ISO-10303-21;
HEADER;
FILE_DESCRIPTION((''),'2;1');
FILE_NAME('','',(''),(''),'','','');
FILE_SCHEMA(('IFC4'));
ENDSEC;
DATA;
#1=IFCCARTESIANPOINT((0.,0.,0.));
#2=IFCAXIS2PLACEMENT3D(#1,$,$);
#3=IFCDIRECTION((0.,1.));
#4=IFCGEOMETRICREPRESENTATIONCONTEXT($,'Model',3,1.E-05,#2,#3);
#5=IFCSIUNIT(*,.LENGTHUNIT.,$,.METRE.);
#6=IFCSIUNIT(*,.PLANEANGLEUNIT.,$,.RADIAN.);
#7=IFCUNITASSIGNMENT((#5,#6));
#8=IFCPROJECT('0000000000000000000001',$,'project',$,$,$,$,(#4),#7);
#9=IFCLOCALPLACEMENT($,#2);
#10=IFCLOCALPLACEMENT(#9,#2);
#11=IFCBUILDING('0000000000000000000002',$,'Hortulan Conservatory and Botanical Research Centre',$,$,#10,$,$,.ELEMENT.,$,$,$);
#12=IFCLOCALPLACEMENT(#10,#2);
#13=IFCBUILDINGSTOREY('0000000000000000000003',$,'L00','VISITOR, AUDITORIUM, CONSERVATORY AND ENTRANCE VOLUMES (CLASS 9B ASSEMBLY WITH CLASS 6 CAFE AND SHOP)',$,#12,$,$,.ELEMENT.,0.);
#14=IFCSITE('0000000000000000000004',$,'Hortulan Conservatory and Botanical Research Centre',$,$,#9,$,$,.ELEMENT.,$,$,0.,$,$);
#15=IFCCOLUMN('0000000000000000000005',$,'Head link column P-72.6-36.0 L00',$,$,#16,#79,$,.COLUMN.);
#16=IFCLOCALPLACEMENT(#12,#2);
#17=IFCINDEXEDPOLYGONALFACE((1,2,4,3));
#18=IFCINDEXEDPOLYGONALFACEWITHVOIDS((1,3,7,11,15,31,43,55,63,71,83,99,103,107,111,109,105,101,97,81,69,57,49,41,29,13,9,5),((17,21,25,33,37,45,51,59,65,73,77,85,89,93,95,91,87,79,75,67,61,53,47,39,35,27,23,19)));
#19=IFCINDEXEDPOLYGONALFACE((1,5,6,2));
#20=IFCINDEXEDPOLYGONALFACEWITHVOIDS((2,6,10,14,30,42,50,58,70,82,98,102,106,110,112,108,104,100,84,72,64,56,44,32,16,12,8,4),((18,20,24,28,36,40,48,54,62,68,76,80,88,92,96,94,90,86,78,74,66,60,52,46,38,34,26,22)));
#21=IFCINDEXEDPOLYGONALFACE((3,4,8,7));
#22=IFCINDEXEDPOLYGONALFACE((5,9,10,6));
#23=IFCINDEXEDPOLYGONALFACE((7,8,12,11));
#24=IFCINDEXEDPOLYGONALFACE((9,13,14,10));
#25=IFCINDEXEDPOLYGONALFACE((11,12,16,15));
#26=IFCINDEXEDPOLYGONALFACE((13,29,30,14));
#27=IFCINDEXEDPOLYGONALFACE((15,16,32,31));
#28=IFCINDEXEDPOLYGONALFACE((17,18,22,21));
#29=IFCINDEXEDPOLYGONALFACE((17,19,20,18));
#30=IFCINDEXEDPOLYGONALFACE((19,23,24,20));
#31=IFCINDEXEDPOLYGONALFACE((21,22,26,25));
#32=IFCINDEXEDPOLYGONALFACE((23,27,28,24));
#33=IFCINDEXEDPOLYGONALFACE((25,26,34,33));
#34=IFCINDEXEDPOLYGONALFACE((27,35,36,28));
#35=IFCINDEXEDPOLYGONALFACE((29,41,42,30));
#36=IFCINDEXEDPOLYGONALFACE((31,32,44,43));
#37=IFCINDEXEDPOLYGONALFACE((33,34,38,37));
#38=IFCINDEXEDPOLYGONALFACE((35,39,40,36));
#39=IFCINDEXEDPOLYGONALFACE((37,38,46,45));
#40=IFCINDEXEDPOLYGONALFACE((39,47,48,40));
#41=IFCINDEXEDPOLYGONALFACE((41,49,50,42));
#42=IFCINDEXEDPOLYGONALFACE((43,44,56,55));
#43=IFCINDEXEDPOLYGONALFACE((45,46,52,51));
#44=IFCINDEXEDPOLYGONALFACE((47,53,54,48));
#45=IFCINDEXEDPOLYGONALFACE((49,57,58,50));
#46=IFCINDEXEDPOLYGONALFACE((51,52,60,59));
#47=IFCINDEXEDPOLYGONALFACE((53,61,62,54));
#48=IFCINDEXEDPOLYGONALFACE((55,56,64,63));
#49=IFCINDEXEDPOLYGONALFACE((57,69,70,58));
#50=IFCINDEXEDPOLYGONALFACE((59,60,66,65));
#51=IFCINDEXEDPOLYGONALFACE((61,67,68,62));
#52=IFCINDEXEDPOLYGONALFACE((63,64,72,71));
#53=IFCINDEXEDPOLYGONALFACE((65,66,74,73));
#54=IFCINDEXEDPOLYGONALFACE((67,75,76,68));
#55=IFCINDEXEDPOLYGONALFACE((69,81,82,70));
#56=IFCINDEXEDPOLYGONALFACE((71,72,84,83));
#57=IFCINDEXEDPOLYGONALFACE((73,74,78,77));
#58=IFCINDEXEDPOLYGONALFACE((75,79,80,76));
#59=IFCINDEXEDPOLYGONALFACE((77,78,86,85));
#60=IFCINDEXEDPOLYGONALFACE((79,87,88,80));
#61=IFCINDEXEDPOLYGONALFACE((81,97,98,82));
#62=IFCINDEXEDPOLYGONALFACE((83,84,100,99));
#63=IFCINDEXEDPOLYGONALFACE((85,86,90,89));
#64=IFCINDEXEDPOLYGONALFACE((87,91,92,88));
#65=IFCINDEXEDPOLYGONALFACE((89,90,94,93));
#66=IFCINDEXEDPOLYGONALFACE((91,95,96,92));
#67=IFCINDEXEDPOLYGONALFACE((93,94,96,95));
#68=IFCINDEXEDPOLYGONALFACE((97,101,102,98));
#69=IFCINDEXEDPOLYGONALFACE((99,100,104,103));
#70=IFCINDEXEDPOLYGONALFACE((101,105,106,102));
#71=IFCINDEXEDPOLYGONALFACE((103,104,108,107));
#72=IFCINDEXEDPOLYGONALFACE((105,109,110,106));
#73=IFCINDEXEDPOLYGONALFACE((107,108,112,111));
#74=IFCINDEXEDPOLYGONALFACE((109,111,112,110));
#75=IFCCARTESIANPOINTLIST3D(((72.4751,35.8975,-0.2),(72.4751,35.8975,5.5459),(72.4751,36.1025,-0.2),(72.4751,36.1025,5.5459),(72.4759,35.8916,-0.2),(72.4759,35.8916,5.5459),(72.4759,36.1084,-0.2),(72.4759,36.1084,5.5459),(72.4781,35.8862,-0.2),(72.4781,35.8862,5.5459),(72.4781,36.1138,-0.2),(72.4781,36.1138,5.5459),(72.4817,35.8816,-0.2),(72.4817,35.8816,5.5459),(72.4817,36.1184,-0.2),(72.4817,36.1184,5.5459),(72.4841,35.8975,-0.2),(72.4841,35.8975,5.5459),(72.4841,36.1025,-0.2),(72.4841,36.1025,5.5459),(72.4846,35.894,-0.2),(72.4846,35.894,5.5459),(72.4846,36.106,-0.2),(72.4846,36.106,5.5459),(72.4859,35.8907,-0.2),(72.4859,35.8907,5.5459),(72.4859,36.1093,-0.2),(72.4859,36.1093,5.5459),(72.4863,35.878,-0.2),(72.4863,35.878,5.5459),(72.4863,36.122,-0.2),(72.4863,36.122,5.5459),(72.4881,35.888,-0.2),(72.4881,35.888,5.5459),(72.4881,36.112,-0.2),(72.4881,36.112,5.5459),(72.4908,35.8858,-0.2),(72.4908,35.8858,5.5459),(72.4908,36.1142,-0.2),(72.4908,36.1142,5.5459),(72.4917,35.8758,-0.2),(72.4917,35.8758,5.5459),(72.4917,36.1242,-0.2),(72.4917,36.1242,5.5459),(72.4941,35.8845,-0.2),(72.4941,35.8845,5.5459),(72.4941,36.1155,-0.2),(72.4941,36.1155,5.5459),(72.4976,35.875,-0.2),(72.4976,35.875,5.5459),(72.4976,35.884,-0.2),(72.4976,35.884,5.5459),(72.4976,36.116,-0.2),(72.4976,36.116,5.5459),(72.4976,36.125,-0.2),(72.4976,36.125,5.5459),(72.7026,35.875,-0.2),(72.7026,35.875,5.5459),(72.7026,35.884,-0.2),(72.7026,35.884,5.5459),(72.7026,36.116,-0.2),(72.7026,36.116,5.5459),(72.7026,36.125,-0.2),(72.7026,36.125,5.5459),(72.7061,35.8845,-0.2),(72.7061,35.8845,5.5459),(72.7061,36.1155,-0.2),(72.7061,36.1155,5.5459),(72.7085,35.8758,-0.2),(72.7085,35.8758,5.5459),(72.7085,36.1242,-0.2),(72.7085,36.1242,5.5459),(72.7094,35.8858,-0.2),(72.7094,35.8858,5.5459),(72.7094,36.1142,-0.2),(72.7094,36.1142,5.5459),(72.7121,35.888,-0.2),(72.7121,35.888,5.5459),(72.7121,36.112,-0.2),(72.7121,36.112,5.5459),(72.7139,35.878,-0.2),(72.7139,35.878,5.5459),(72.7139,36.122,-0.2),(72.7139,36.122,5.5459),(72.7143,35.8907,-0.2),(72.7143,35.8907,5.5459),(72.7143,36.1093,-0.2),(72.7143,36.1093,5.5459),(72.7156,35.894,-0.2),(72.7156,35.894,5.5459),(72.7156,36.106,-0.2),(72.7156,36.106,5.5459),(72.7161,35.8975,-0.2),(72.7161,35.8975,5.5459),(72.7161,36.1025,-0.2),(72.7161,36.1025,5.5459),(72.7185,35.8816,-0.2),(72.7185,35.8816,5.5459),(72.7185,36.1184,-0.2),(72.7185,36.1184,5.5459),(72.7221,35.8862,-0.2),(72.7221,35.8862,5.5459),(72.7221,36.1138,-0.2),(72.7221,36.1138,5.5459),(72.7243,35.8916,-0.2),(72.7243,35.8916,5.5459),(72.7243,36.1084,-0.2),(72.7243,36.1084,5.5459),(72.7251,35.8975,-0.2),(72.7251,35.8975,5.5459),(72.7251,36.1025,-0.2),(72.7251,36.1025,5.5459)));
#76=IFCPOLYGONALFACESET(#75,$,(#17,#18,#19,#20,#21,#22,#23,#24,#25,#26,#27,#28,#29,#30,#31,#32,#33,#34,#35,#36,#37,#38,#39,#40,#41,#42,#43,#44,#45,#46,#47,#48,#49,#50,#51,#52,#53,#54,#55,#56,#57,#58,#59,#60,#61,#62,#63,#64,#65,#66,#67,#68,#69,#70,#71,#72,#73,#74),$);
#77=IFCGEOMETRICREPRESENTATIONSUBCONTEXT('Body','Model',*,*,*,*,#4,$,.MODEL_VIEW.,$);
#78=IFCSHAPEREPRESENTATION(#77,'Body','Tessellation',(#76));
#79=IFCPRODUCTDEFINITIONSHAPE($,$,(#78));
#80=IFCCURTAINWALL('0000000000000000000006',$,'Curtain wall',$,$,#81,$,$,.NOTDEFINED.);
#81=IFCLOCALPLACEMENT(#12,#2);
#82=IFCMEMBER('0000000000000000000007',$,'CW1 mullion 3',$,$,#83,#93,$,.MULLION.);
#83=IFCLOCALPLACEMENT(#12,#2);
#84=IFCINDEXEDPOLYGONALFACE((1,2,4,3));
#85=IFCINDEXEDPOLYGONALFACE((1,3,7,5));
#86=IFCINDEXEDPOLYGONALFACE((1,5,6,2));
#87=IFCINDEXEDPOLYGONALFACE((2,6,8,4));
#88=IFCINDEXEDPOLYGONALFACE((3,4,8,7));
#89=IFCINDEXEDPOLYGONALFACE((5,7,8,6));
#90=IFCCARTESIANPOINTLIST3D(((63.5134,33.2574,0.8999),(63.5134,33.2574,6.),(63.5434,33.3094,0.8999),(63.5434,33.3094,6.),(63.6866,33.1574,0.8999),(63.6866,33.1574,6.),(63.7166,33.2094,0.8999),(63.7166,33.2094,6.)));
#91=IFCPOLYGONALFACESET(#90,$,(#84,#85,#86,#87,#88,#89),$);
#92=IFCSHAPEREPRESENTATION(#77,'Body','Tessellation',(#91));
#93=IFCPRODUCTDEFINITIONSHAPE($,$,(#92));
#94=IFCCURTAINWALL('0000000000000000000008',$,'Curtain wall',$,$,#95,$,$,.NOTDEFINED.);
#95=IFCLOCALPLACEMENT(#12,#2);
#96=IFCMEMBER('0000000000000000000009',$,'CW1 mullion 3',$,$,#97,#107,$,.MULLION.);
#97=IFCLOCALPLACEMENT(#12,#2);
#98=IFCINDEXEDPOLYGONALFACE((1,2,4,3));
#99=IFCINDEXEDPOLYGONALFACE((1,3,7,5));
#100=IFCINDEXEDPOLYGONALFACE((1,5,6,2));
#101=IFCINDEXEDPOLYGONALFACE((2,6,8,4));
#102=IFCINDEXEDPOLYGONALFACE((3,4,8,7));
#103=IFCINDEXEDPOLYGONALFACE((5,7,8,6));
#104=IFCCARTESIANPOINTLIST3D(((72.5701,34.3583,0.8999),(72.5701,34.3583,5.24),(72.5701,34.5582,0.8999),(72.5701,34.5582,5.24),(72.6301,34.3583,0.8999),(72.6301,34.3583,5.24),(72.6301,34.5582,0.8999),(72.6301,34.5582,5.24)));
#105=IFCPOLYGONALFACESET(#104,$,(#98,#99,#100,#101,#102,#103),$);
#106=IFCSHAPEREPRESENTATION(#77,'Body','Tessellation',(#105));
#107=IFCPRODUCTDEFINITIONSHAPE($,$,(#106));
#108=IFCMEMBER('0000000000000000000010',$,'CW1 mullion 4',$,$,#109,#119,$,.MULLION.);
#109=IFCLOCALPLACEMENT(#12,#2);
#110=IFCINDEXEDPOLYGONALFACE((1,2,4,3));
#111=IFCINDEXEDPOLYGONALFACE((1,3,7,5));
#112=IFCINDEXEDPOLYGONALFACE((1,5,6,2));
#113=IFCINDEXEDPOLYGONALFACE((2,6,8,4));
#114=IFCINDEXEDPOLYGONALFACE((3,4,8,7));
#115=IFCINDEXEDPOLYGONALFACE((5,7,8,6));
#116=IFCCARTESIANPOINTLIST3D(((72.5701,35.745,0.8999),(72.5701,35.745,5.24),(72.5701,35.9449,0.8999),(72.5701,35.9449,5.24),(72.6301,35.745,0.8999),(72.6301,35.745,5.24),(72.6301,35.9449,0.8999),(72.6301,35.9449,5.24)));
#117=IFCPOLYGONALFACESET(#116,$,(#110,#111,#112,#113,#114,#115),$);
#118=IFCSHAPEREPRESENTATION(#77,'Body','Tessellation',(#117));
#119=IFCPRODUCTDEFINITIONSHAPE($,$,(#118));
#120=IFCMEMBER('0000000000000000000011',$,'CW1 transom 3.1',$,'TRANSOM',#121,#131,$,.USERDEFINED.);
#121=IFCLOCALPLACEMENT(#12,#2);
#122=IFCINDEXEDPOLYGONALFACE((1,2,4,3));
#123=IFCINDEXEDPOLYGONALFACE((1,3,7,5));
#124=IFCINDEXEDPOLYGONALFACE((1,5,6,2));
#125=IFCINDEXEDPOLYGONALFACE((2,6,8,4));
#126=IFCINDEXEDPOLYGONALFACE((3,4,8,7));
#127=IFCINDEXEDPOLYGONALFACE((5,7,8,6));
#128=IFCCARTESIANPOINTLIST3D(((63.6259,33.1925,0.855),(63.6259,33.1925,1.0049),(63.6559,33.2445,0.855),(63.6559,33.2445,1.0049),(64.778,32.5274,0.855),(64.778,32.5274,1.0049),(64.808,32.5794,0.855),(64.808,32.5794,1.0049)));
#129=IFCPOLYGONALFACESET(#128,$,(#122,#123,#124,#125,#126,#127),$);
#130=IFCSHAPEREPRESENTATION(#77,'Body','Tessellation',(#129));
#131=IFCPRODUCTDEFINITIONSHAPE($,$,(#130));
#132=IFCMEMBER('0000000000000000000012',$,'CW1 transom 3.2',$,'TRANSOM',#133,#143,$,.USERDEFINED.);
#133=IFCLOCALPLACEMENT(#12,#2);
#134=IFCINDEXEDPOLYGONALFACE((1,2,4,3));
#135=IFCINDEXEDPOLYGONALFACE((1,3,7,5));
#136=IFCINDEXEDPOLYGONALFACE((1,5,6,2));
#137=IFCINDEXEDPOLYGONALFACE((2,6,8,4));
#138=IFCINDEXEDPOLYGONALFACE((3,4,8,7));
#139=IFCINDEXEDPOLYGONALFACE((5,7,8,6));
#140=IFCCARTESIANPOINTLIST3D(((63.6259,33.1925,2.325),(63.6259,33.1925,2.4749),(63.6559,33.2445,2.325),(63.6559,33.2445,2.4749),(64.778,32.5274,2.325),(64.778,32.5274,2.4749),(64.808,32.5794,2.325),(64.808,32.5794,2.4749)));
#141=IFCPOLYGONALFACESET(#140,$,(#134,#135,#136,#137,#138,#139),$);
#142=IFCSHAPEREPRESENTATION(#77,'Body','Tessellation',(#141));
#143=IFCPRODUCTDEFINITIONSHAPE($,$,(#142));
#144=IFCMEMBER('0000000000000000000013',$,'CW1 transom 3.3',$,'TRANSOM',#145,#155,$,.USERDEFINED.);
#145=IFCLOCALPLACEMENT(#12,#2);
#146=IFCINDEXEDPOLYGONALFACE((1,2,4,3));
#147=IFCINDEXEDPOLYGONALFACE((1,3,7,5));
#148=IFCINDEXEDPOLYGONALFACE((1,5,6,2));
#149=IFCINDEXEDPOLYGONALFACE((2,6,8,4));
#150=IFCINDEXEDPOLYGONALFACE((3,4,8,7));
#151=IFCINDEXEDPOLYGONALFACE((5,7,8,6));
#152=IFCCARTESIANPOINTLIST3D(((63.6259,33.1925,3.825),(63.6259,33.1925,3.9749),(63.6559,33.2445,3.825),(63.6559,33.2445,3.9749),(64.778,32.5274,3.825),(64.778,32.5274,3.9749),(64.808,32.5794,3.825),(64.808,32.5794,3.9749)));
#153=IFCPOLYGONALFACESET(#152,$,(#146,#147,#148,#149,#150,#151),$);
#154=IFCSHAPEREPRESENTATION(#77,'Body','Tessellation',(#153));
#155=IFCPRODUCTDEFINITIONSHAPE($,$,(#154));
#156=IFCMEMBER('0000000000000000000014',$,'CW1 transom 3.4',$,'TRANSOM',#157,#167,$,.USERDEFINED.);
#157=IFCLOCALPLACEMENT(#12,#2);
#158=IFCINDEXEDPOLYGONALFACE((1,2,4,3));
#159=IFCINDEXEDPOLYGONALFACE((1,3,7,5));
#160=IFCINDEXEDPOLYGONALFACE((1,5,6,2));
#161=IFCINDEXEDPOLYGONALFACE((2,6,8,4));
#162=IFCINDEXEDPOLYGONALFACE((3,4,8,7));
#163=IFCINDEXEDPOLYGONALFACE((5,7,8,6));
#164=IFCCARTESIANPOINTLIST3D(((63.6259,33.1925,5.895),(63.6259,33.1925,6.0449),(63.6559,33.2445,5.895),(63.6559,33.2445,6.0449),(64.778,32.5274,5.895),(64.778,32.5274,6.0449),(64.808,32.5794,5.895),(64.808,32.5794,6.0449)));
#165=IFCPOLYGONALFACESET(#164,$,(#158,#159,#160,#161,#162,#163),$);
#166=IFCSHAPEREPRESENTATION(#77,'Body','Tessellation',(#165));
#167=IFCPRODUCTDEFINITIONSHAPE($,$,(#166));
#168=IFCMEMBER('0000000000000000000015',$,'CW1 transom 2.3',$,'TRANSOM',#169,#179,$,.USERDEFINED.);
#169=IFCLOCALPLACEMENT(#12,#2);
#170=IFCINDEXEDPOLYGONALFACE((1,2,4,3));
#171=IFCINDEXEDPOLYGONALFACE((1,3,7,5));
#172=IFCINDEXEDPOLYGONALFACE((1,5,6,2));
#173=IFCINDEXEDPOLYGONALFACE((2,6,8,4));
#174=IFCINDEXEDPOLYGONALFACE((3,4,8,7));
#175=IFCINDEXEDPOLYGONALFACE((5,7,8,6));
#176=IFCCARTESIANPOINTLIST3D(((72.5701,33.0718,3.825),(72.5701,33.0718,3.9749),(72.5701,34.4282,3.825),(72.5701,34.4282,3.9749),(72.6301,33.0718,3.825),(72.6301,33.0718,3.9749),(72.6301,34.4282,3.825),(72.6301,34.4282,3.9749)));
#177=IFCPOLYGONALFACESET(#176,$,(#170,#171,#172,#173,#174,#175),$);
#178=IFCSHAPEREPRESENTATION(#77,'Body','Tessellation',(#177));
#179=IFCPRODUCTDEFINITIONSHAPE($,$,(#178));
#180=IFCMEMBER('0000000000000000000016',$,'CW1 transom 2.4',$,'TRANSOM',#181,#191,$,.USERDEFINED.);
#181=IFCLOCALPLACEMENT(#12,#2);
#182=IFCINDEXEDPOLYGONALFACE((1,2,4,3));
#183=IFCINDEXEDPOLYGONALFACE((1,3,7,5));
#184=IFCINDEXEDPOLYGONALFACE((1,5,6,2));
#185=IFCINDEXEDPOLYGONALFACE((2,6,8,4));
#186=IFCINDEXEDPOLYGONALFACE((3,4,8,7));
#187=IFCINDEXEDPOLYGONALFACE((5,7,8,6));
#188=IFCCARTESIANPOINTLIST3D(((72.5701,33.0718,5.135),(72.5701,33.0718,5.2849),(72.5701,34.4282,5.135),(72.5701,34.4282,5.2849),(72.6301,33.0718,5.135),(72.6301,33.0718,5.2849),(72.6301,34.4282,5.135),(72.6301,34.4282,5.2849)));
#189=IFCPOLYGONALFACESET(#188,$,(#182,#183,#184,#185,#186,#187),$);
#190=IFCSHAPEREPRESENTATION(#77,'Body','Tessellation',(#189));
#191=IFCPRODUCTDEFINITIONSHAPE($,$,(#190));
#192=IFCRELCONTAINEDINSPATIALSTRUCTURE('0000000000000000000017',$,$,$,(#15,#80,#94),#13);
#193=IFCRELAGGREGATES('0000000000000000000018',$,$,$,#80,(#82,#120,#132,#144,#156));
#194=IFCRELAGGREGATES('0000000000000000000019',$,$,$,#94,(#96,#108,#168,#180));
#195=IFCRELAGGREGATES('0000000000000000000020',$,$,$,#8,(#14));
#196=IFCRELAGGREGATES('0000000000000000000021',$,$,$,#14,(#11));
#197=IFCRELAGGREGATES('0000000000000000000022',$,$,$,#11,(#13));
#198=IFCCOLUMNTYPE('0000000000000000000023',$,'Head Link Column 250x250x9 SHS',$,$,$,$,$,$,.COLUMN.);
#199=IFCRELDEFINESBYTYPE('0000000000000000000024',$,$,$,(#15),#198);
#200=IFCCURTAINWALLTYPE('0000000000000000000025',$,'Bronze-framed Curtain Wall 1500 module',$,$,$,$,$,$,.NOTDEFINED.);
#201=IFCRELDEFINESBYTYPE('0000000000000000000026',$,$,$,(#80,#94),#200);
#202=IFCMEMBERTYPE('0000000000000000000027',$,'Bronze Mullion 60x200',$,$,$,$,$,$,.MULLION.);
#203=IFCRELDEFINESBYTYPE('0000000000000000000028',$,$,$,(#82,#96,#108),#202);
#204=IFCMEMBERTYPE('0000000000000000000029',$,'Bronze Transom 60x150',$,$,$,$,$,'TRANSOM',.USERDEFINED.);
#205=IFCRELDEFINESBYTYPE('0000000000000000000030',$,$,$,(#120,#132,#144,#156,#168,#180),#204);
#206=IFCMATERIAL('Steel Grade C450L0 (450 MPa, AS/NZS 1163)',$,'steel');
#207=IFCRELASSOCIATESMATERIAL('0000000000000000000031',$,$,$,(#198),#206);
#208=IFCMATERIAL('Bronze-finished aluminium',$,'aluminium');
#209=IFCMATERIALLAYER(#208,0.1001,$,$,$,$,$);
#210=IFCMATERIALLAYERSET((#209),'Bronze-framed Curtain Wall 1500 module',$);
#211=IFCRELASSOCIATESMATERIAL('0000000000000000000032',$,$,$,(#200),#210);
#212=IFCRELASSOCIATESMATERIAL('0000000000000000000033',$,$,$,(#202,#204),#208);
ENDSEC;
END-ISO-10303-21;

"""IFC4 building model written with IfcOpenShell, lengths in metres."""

from ifc_helpers import new_model, si_unit, direction, frame, origin, origin_2d, place, context, subcontext, project, spatial, rectangle, hollow_rectangle, extrude, material, layer, layer_set, material_profile, profile_set, type_object, element, aggregate, save


model = new_model("IFC4")

# Units and contexts
model_context = context("Model", 3, precision=1e-05, world=origin(), true_north=direction((0.0, 1.0)))
body_context = subcontext(model_context, "Body", "Model", "MODEL_VIEW")
ifc_project = project(units=[si_unit("LENGTHUNIT", "METRE"), si_unit("PLANEANGLEUNIT", "RADIAN")], contexts=[model_context])

# Site, building, storey
site_placement = place(None, origin())
site = spatial("IfcSite", under=ifc_project, at=site_placement, Name="Hortulan Conservatory and Botanical Research Centre", CompositionType="ELEMENT", RefElevation=0.0)
building_placement = place(site_placement, origin())
building = spatial("IfcBuilding", under=site, at=building_placement, Name="Hortulan Conservatory and Botanical Research Centre", CompositionType="ELEMENT")
storey_placement = place(building_placement, origin())
storey = spatial("IfcBuildingStorey", under=building, at=storey_placement, Name="L00", Description="VISITOR, AUDITORIUM, CONSERVATORY AND ENTRANCE VOLUMES (CLASS 9B ASSEMBLY WITH CLASS 6 CAFE AND SHOP)", CompositionType="ELEMENT", Elevation=0.0)

# Column
ifc_material_1 = material(Name="Steel Grade C450L0 (450 MPa, AS/NZS 1163)", Category="steel")
ifc_material_profile_1 = material_profile(ifc_material_1, hollow_rectangle(XDim=0.25, YDim=0.25, WallThickness=0.009, InnerFilletRadius=0.0134, OuterFilletRadius=0.0225, at=origin_2d()), Name="250x250x9SHS")
ifc_profile_set_1 = profile_set([ifc_material_profile_1], Name="Steel Grade C450L0 (450 MPa, AS/NZS 1163)")
column_type = type_object("IfcColumnType", Name="Head Link Column 250x250x9 SHS", PredefinedType="COLUMN", material=ifc_profile_set_1)
column_placement = place(storey_placement, frame((72.6001, 36.0, -0.2), z_axis=(0.0, 0.0, 1.0), x_axis=(1.0, 0.0, 0.0)))
element("IfcColumn", 1, at=column_placement, inside=storey, type_object=column_type, Name="Head link column P-72.6-36.0 L00", PredefinedType="COLUMN", context=body_context, shape_type="SweptSolid", body=[
    extrude(hollow_rectangle(XDim=0.25, YDim=0.25, WallThickness=0.009, InnerFilletRadius=0.0134, OuterFilletRadius=0.0225, at=origin_2d()), origin(), (0.0, 0.0, 1.0), 5.7458),
])

# Curtain wall, member
ifc_material_2 = material(Name="Bronze-finished aluminium", Category="aluminium")
ifc_layer_1 = layer(ifc_material_2, 0.1001)
ifc_layer_set_1 = layer_set([ifc_layer_1], Name="Bronze-framed Curtain Wall 1500 module")
curtain_wall_type = type_object("IfcCurtainWallType", Name="Bronze-framed Curtain Wall 1500 module", PredefinedType="NOTDEFINED", material=ifc_layer_set_1)
curtain_wall_1_placement = place(storey_placement, origin())
curtain_wall_1 = element("IfcCurtainWall", 2, at=curtain_wall_1_placement, inside=storey, type_object=curtain_wall_type, Name="Curtain wall", PredefinedType="NOTDEFINED")
ifc_material_profile_2 = material_profile(ifc_material_2, rectangle(XDim=0.0601, YDim=0.2, at=origin_2d()), Name="Bronze Mullion 60x200")
ifc_profile_set_2 = profile_set([ifc_material_profile_2], Name="Bronze-finished aluminium")
member_type_1 = type_object("IfcMemberType", Name="Bronze Mullion 60x200", PredefinedType="MULLION", material=ifc_profile_set_2)
member_1_placement = place(storey_placement, frame((63.615, 33.2334, 0.8999), z_axis=(0.0, 0.0, 1.0), x_axis=(0.499981, 0.866036, 0.0)))
member_1 = element("IfcMember", 3, at=member_1_placement, type_object=member_type_1, Name="CW1 mullion 3", PredefinedType="MULLION", context=body_context, shape_type="SweptSolid", body=[
    extrude(rectangle(XDim=0.0601, YDim=0.2, at=origin_2d()), origin(), (0.0, 0.0, 1.0), 5.1001),
])

# Curtain wall, members
curtain_wall_2_placement = place(storey_placement, origin())
curtain_wall_2 = element("IfcCurtainWall", 4, at=curtain_wall_2_placement, inside=storey, type_object=curtain_wall_type, Name="Curtain wall", PredefinedType="NOTDEFINED")
member_2_placement = place(storey_placement, frame((72.6001, 34.4583, 0.8999), z_axis=(0.0, 0.0, 1.0), x_axis=(-1.0, 0.0, 0.0)))
member_2 = element("IfcMember", 5, at=member_2_placement, type_object=member_type_1, Name="CW1 mullion 3", PredefinedType="MULLION", context=body_context, shape_type="SweptSolid", body=[
    extrude(rectangle(XDim=0.0601, YDim=0.2, at=origin_2d()), origin(), (0.0, 0.0, 1.0), 4.3401),
])
member_3_placement = place(storey_placement, frame((72.6001, 35.845, 0.8999), z_axis=(0.0, 0.0, 1.0), x_axis=(-1.0, 0.0, 0.0)))
member_3 = element("IfcMember", 6, at=member_3_placement, type_object=member_type_1, Name="CW1 mullion 4", PredefinedType="MULLION", context=body_context, shape_type="SweptSolid", body=[
    extrude(rectangle(XDim=0.0601, YDim=0.2, at=origin_2d()), origin(), (0.0, 0.0, 1.0), 4.3401),
])

# Members
ifc_material_profile_3 = material_profile(ifc_material_2, rectangle(XDim=0.0601, YDim=0.1499, at=origin_2d()), Name="Bronze Transom 60x150")
ifc_profile_set_3 = profile_set([ifc_material_profile_3], Name="Bronze-finished aluminium")
member_type_2 = type_object("IfcMemberType", Name="Bronze Transom 60x150", ElementType="TRANSOM", PredefinedType="USERDEFINED", material=ifc_profile_set_3)
member_4_placement = place(storey_placement, frame((63.6409, 33.2185, 0.9299), z_axis=(0.866066, -0.499929, 0.0), x_axis=(0.499929, 0.866066, 0.0)))
member_4 = element("IfcMember", 7, at=member_4_placement, type_object=member_type_2, Name="CW1 transom 3.1", ObjectType="TRANSOM", PredefinedType="USERDEFINED", context=body_context, shape_type="SweptSolid", body=[
    extrude(rectangle(XDim=0.0601, YDim=0.1499, at=origin_2d()), origin(), (0.0, 0.0, 1.0), 1.3303),
])
member_5_placement = place(storey_placement, frame((63.6409, 33.2185, 2.3999), z_axis=(0.866066, -0.499929, 0.0), x_axis=(0.499929, 0.866066, 0.0)))
member_5 = element("IfcMember", 8, at=member_5_placement, type_object=member_type_2, Name="CW1 transom 3.2", ObjectType="TRANSOM", PredefinedType="USERDEFINED", context=body_context, shape_type="SweptSolid", body=[
    extrude(rectangle(XDim=0.0601, YDim=0.1499, at=origin_2d()), origin(), (0.0, 0.0, 1.0), 1.3303),
])
member_6_placement = place(storey_placement, frame((63.6409, 33.2185, 3.8999), z_axis=(0.866066, -0.499929, 0.0), x_axis=(0.499929, 0.866066, 0.0)))
member_6 = element("IfcMember", 9, at=member_6_placement, type_object=member_type_2, Name="CW1 transom 3.3", ObjectType="TRANSOM", PredefinedType="USERDEFINED", context=body_context, shape_type="SweptSolid", body=[
    extrude(rectangle(XDim=0.0601, YDim=0.1499, at=origin_2d()), origin(), (0.0, 0.0, 1.0), 1.3303),
])
member_7_placement = place(storey_placement, frame((63.6409, 33.2185, 5.97), z_axis=(0.866066, -0.499929, 0.0), x_axis=(0.499929, 0.866066, 0.0)))
member_7 = element("IfcMember", 10, at=member_7_placement, type_object=member_type_2, Name="CW1 transom 3.4", ObjectType="TRANSOM", PredefinedType="USERDEFINED", context=body_context, shape_type="SweptSolid", body=[
    extrude(rectangle(XDim=0.0601, YDim=0.1499, at=origin_2d()), origin(), (0.0, 0.0, 1.0), 1.3303),
])
member_8_placement = place(storey_placement, frame((72.6001, 33.0718, 3.8999), z_axis=(0.0, 1.0, 0.0), x_axis=(-1.0, 0.0, 0.0)))
member_8 = element("IfcMember", 11, at=member_8_placement, type_object=member_type_2, Name="CW1 transom 2.3", ObjectType="TRANSOM", PredefinedType="USERDEFINED", context=body_context, shape_type="SweptSolid", body=[
    extrude(rectangle(XDim=0.0601, YDim=0.1499, at=origin_2d()), origin(), (0.0, 0.0, 1.0), 1.3564),
])
member_9_placement = place(storey_placement, frame((72.6001, 33.0718, 5.21), z_axis=(0.0, 1.0, 0.0), x_axis=(-1.0, 0.0, 0.0)))
member_9 = element("IfcMember", 12, at=member_9_placement, type_object=member_type_2, Name="CW1 transom 2.4", ObjectType="TRANSOM", PredefinedType="USERDEFINED", context=body_context, shape_type="SweptSolid", body=[
    extrude(rectangle(XDim=0.0601, YDim=0.1499, at=origin_2d()), origin(), (0.0, 0.0, 1.0), 1.3564),
])

aggregate(curtain_wall_1, [member_1, member_4, member_5, member_6, member_7])
aggregate(curtain_wall_2, [member_2, member_3, member_8, member_9])

save(model, "model.ifc")
